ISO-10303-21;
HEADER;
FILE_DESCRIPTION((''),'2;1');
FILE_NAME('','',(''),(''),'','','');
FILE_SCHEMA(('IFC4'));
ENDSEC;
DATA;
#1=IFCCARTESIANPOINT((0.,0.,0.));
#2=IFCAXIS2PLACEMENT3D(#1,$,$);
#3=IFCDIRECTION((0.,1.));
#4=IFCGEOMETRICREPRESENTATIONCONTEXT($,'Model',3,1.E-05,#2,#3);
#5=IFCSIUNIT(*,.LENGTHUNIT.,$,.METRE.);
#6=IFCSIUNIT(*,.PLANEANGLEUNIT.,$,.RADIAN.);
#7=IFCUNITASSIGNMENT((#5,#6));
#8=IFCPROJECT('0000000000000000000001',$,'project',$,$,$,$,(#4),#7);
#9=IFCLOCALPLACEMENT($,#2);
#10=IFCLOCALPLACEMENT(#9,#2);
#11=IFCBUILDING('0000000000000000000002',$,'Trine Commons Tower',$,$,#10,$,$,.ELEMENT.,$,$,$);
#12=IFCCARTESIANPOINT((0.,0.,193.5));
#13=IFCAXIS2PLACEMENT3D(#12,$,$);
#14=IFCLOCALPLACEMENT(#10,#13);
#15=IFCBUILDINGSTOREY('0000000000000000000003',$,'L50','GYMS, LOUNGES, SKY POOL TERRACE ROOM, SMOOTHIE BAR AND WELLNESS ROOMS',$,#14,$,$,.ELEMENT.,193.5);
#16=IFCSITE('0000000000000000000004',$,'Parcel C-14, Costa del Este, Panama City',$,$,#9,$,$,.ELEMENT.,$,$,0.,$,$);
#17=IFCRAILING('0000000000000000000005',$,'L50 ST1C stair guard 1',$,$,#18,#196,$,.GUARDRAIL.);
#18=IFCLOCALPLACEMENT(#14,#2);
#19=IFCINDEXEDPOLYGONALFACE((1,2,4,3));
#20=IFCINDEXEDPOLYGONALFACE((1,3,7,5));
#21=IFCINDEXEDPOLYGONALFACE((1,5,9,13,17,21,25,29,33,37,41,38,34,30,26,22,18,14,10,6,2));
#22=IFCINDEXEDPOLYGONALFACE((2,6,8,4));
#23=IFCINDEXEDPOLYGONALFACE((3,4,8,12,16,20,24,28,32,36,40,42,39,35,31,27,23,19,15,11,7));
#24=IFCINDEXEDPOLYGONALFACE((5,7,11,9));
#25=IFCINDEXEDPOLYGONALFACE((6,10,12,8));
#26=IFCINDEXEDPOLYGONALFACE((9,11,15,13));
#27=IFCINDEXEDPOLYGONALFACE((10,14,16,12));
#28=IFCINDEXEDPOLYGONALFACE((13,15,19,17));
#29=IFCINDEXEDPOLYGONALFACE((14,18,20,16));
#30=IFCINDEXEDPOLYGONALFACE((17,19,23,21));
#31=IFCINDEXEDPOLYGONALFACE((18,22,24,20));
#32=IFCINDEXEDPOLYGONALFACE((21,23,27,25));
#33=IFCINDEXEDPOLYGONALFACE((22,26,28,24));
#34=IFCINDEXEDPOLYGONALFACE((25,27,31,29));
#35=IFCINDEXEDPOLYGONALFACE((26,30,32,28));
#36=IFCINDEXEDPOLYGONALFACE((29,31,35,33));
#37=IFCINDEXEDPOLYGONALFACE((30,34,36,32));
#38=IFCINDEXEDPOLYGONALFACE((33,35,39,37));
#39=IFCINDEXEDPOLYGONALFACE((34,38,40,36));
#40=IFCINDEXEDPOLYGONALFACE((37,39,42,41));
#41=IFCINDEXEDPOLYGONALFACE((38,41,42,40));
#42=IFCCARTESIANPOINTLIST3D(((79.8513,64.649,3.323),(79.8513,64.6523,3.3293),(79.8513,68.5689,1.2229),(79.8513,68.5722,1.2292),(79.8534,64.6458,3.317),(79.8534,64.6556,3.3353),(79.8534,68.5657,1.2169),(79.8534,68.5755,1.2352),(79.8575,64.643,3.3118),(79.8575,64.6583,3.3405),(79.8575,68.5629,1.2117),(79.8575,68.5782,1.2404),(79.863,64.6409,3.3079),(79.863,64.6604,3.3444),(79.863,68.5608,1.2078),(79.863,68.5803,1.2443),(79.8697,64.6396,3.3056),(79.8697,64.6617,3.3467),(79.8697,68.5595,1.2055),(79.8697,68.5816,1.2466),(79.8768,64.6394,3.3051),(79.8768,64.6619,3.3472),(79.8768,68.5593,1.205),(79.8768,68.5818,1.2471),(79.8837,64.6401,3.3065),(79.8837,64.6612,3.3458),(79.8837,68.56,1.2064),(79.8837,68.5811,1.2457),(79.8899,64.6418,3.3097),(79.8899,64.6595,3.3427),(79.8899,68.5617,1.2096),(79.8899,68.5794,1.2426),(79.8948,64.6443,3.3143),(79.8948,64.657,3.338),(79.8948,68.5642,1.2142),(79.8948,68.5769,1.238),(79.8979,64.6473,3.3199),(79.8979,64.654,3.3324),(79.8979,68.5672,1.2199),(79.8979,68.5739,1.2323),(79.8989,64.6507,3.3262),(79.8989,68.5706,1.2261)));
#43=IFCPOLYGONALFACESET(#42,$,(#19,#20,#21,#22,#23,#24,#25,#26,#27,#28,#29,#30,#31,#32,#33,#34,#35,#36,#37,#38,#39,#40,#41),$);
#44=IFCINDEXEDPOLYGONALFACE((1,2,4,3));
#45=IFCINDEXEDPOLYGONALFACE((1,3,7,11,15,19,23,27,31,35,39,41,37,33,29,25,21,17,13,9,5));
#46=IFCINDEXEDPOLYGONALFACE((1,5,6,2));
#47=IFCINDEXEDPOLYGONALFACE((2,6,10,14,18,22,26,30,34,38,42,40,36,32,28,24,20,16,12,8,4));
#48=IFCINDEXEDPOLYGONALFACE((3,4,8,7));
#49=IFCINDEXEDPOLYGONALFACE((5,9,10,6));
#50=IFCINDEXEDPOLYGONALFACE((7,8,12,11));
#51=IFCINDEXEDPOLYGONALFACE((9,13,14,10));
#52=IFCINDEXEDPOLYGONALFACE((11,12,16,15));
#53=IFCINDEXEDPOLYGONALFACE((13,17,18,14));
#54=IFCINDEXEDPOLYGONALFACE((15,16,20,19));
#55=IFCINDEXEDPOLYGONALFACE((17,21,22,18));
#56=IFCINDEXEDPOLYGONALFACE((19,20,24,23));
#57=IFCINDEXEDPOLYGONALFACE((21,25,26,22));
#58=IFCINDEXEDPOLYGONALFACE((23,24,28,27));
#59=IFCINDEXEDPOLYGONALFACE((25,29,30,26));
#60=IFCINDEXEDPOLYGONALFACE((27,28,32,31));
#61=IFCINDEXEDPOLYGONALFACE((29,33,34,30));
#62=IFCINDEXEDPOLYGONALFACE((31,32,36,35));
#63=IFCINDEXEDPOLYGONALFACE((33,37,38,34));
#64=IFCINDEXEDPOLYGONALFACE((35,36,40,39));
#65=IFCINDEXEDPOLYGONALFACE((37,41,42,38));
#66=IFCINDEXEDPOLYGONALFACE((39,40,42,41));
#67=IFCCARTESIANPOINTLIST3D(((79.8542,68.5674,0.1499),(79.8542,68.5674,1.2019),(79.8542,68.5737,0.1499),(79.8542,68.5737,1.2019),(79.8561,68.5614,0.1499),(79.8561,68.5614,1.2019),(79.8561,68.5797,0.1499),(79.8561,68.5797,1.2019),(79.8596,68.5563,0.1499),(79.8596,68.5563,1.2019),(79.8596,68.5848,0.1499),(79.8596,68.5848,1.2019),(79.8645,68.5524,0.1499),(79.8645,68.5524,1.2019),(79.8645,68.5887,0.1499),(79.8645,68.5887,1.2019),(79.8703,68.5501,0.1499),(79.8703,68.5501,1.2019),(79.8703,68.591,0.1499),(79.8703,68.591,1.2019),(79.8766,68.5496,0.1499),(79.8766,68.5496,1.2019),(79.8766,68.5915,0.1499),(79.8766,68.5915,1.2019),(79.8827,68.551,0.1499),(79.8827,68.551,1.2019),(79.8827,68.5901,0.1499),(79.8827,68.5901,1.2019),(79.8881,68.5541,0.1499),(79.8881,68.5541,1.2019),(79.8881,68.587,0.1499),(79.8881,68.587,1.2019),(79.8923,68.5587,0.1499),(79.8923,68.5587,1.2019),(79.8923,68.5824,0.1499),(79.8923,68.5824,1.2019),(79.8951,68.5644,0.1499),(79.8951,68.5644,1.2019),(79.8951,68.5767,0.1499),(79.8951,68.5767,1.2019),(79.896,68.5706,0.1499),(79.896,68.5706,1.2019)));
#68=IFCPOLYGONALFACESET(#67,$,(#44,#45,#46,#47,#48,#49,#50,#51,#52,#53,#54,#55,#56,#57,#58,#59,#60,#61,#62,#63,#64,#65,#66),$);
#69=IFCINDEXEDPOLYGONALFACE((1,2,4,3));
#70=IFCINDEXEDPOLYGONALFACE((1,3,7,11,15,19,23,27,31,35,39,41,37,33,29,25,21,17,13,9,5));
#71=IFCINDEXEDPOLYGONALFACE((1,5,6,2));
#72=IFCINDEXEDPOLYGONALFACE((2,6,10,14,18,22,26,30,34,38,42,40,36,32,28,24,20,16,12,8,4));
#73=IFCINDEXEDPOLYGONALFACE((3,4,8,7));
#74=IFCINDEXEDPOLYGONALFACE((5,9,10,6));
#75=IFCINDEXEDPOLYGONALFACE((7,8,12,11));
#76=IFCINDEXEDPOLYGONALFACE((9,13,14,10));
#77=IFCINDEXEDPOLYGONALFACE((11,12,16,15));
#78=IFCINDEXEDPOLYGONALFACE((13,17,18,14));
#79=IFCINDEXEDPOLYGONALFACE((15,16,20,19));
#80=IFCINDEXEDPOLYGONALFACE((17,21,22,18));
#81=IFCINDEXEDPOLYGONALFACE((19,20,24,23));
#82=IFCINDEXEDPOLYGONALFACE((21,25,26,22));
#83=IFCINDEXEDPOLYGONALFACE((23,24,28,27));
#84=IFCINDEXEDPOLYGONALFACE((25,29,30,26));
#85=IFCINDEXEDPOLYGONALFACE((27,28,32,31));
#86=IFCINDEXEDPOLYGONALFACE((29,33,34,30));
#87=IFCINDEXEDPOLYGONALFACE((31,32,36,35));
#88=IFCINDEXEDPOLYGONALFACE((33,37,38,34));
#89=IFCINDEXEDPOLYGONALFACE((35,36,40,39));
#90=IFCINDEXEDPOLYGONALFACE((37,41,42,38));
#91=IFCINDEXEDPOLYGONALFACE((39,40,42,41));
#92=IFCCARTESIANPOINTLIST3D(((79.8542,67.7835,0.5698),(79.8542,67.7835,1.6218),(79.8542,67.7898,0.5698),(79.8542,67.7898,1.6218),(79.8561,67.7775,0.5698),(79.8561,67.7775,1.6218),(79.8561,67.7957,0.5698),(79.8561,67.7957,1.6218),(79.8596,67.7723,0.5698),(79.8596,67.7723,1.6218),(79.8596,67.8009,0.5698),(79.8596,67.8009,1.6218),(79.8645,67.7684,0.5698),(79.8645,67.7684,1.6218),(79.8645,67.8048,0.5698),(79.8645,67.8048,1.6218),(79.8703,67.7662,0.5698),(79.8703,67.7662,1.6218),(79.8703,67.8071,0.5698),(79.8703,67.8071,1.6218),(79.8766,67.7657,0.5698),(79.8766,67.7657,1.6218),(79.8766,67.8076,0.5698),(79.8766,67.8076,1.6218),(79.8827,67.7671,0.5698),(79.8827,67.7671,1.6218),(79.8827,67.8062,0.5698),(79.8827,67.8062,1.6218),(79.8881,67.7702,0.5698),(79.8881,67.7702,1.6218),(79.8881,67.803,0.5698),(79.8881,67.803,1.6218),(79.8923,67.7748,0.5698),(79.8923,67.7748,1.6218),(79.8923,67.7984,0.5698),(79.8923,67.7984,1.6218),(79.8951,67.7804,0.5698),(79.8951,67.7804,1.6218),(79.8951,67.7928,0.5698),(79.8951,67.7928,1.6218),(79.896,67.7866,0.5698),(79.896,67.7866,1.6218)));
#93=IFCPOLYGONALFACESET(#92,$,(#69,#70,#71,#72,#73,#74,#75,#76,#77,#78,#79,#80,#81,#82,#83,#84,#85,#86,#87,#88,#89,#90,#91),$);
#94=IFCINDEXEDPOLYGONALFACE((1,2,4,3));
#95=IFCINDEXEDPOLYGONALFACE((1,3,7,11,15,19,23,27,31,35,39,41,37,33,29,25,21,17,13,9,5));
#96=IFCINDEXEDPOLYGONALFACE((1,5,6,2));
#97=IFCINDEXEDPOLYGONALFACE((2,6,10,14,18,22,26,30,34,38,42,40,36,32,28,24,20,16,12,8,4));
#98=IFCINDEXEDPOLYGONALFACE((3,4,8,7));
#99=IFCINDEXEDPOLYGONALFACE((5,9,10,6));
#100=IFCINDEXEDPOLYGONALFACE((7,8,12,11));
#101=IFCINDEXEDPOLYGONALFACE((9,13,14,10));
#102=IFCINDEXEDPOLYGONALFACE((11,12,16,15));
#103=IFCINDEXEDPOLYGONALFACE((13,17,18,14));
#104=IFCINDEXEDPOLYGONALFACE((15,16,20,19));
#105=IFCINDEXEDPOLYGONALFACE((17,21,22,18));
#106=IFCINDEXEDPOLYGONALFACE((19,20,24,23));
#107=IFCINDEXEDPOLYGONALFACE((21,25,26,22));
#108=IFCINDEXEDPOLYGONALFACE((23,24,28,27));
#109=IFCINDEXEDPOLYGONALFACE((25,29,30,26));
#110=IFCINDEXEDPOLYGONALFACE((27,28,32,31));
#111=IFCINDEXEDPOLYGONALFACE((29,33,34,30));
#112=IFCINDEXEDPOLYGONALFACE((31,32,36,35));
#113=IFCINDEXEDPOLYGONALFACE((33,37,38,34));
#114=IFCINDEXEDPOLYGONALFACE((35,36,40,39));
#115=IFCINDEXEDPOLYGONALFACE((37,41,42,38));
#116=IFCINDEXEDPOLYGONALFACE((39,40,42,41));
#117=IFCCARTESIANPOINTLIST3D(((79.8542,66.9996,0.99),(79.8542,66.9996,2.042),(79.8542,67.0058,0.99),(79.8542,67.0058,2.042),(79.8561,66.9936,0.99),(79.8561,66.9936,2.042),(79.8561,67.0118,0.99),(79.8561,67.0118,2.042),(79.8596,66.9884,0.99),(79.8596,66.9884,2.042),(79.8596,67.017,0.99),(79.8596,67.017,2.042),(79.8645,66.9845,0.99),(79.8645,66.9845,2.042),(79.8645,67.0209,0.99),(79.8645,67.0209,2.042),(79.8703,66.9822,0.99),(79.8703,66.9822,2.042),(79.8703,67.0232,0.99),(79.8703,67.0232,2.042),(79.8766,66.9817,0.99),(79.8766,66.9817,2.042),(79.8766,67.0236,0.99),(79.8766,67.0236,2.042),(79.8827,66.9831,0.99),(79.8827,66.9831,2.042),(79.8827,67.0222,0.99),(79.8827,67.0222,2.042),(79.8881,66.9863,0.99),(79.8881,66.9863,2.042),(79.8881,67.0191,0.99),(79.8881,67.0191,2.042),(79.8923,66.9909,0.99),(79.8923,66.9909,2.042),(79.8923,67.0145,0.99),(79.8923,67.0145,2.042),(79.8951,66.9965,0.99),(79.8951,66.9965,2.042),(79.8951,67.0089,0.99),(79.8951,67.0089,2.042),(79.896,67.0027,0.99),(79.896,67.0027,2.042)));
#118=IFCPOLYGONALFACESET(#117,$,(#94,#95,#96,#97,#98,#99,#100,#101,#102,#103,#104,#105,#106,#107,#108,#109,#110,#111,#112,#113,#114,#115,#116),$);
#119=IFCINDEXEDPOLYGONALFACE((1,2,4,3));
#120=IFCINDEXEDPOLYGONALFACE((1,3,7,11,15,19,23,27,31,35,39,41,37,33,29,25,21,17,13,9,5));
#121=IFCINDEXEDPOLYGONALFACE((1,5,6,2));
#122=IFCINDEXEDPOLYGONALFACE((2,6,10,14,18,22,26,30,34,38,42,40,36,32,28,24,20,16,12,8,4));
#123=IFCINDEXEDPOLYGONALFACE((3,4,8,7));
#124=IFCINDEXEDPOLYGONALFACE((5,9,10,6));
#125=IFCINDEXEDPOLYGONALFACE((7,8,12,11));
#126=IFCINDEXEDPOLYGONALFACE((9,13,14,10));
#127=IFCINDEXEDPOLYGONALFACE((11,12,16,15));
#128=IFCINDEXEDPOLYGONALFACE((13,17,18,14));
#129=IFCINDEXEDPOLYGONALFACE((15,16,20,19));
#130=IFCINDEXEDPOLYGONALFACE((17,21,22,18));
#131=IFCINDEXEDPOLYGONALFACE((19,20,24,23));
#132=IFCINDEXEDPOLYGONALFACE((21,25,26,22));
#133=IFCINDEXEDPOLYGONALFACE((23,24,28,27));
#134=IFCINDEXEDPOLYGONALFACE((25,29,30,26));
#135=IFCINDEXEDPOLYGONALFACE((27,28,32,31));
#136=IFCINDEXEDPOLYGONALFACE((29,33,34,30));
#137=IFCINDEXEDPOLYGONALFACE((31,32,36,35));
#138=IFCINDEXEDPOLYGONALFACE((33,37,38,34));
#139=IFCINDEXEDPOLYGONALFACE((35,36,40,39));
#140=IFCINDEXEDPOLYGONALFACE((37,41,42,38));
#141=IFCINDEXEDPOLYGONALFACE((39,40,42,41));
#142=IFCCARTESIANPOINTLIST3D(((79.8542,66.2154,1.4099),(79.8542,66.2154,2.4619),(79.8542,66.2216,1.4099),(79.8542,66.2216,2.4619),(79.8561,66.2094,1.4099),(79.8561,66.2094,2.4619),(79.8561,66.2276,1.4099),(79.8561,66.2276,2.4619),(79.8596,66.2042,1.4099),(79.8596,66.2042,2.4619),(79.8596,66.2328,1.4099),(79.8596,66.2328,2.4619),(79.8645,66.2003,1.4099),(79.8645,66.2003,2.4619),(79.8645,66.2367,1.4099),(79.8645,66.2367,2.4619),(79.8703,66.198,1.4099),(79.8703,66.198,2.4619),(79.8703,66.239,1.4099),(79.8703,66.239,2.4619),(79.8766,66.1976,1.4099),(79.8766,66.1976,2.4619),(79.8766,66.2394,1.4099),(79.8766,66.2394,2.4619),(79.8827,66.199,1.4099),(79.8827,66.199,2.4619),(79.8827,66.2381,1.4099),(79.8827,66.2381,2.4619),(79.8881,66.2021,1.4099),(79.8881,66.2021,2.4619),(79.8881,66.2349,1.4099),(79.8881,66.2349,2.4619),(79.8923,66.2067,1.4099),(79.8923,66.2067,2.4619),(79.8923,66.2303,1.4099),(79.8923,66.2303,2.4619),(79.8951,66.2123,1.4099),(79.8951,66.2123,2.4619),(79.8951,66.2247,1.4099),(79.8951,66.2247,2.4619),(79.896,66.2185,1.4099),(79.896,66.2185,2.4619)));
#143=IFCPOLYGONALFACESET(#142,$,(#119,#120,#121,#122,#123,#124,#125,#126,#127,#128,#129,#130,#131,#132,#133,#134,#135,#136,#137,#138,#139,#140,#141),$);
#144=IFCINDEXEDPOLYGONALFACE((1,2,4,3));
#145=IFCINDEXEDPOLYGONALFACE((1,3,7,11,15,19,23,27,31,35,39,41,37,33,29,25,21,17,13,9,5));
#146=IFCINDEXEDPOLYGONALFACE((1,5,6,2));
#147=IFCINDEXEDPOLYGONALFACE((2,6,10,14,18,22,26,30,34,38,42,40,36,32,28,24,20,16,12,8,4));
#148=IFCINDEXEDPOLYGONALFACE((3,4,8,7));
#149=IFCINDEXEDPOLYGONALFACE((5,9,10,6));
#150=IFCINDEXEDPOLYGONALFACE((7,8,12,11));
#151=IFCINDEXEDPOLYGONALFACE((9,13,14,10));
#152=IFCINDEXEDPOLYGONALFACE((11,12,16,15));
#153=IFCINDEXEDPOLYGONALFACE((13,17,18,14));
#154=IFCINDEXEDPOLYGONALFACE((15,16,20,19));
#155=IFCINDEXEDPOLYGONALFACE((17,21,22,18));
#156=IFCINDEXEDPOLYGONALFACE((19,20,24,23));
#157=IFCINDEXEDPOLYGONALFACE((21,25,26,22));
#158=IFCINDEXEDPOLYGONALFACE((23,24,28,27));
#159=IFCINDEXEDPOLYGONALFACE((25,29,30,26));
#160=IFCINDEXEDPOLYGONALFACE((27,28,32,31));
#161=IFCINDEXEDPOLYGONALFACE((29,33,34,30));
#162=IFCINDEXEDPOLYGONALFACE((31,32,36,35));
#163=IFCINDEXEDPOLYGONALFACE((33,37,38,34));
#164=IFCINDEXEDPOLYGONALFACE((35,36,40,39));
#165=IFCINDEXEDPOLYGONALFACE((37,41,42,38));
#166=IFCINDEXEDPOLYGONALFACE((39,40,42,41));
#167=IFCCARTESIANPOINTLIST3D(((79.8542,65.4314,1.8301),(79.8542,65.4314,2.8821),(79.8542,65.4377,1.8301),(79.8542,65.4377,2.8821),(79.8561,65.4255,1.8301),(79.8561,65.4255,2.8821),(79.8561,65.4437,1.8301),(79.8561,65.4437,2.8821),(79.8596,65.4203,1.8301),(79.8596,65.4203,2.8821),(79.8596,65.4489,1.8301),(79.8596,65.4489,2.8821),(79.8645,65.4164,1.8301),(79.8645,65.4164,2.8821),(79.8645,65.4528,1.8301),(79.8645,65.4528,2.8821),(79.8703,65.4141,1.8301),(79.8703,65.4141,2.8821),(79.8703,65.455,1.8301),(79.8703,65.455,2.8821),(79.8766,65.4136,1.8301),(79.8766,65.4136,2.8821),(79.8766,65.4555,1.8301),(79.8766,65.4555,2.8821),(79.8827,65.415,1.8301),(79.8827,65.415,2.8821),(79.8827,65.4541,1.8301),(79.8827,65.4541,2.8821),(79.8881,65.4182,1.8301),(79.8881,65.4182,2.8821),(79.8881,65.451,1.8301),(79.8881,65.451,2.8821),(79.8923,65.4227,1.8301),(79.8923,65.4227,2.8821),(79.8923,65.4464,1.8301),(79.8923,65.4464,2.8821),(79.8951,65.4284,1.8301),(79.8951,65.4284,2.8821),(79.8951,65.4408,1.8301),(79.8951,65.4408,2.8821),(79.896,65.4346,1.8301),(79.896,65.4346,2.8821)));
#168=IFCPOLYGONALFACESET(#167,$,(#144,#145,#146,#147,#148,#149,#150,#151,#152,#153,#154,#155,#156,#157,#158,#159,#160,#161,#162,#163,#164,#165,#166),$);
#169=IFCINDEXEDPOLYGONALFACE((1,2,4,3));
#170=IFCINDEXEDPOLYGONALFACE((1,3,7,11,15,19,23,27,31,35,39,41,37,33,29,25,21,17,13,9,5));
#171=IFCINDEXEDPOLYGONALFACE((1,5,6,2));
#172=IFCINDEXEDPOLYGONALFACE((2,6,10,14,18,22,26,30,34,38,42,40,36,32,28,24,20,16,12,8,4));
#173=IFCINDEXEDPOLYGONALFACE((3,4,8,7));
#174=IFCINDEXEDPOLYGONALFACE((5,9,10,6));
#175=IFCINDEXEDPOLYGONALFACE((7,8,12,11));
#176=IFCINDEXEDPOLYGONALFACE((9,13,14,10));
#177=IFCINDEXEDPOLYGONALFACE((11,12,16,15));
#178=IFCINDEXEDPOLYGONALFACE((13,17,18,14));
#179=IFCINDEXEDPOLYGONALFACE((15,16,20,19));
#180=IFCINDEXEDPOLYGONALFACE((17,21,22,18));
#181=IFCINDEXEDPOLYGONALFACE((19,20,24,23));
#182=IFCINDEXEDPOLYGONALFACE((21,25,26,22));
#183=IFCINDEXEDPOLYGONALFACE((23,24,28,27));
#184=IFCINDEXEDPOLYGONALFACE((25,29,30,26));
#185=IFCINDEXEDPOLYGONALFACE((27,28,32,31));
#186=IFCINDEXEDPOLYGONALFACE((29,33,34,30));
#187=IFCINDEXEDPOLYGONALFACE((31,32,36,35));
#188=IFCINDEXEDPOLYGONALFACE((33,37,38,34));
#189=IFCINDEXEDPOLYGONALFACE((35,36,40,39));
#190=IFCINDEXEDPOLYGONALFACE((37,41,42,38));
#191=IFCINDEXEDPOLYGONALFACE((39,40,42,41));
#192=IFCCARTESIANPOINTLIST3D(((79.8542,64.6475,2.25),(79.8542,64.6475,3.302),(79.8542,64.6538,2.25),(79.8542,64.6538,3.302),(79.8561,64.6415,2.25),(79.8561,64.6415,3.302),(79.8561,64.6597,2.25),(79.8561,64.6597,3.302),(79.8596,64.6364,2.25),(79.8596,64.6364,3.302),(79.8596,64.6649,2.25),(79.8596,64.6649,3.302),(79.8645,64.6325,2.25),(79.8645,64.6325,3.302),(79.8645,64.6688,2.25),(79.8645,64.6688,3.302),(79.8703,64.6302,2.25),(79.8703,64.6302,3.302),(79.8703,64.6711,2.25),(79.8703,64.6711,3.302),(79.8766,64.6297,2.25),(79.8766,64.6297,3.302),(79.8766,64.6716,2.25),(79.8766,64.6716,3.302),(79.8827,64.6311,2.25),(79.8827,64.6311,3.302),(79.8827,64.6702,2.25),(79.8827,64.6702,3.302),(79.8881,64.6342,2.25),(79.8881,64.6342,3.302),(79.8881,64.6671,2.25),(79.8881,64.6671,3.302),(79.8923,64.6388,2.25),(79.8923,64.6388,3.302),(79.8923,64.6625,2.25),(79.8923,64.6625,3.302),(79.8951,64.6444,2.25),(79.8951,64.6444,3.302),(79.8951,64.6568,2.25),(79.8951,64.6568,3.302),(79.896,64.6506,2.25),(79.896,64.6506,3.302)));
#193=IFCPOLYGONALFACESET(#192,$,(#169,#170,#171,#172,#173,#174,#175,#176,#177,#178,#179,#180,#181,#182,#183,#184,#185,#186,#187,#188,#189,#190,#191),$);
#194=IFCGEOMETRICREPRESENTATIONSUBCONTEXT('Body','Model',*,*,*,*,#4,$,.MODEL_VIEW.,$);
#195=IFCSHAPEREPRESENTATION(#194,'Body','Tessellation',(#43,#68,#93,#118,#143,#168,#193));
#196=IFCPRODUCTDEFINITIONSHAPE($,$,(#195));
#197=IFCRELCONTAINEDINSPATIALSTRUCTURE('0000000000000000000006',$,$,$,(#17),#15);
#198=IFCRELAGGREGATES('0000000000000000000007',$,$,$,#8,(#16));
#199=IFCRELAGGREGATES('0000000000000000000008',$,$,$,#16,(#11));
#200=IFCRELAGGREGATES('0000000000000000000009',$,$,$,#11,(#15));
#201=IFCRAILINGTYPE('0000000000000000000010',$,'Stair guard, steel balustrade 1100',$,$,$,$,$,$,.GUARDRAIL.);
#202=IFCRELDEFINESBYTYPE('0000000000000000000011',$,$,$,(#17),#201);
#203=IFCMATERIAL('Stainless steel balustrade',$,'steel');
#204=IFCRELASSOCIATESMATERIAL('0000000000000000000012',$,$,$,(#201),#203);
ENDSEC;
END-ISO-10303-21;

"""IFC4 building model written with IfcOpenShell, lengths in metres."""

from ifc_helpers import new_model, si_unit, direction, frame, origin, origin_2d, place, context, subcontext, project, spatial, circle, extrude, material, type_object, element, save


model = new_model("IFC4")

# Units and contexts
model_context = context("Model", 3, precision=1e-05, world=origin(), true_north=direction((0.0, 1.0)))
body_context = subcontext(model_context, "Body", "Model", "MODEL_VIEW")
ifc_project = project(units=[si_unit("LENGTHUNIT", "METRE"), si_unit("PLANEANGLEUNIT", "RADIAN")], contexts=[model_context])

# Site, building, storey
site_placement = place(None, origin())
site = spatial("IfcSite", under=ifc_project, at=site_placement, Name="Parcel C-14, Costa del Este, Panama City", CompositionType="ELEMENT", RefElevation=0.0)
building_placement = place(site_placement, origin())
building = spatial("IfcBuilding", under=site, at=building_placement, Name="Trine Commons Tower", CompositionType="ELEMENT")
storey_placement = place(building_placement, frame((0.0, 0.0, 193.5)))
storey = spatial("IfcBuildingStorey", under=building, at=storey_placement, Name="L50", Description="GYMS, LOUNGES, SKY POOL TERRACE ROOM, SMOOTHIE BAR AND WELLNESS ROOMS", CompositionType="ELEMENT", Elevation=193.5)

# Railing
ifc_material_1 = material(Name="Stainless steel balustrade", Category="steel")
railing_type_1 = type_object("IfcRailingType", Name="Stair guard, steel balustrade 1100", PredefinedType="GUARDRAIL", material=ifc_material_1)
railing_1_placement = place(storey_placement, frame((79.875, 68.5706, 0.1499)))
element("IfcRailing", 1, at=railing_1_placement, inside=storey, type_object=railing_type_1, Name="L50 ST1C stair guard 1", PredefinedType="GUARDRAIL", context=body_context, shape_type="SweptSolid", body=[
    extrude(circle(Radius=0.0239, at=origin_2d()), frame((0.0, 0.0, 1.0762), z_axis=(0.0, -0.881467, 0.472246), x_axis=(1.0, 0.0, 0.0)), (0.0, 0.0, 1.0), 4.447),
    extrude(circle(Radius=0.021, at=origin_2d()), origin(), (0.0, 0.0, 1.0), 1.052),
    extrude(circle(Radius=0.021, at=origin_2d()), frame((0.0, -0.7839, 0.4199)), (0.0, 0.0, 1.0), 1.052),
    extrude(circle(Radius=0.021, at=origin_2d()), frame((0.0, -1.5679, 0.8401)), (0.0, 0.0, 1.0), 1.052),
    extrude(circle(Radius=0.021, at=origin_2d()), frame((0.0, -2.3521, 1.26)), (0.0, 0.0, 1.0), 1.052),
    extrude(circle(Radius=0.021, at=origin_2d()), frame((0.0, -3.136, 1.6802)), (0.0, 0.0, 1.0), 1.052),
    extrude(circle(Radius=0.021, at=origin_2d()), frame((0.0, -3.9199, 2.1001)), (0.0, 0.0, 1.0), 1.052),
])

save(model, "model.ifc")
